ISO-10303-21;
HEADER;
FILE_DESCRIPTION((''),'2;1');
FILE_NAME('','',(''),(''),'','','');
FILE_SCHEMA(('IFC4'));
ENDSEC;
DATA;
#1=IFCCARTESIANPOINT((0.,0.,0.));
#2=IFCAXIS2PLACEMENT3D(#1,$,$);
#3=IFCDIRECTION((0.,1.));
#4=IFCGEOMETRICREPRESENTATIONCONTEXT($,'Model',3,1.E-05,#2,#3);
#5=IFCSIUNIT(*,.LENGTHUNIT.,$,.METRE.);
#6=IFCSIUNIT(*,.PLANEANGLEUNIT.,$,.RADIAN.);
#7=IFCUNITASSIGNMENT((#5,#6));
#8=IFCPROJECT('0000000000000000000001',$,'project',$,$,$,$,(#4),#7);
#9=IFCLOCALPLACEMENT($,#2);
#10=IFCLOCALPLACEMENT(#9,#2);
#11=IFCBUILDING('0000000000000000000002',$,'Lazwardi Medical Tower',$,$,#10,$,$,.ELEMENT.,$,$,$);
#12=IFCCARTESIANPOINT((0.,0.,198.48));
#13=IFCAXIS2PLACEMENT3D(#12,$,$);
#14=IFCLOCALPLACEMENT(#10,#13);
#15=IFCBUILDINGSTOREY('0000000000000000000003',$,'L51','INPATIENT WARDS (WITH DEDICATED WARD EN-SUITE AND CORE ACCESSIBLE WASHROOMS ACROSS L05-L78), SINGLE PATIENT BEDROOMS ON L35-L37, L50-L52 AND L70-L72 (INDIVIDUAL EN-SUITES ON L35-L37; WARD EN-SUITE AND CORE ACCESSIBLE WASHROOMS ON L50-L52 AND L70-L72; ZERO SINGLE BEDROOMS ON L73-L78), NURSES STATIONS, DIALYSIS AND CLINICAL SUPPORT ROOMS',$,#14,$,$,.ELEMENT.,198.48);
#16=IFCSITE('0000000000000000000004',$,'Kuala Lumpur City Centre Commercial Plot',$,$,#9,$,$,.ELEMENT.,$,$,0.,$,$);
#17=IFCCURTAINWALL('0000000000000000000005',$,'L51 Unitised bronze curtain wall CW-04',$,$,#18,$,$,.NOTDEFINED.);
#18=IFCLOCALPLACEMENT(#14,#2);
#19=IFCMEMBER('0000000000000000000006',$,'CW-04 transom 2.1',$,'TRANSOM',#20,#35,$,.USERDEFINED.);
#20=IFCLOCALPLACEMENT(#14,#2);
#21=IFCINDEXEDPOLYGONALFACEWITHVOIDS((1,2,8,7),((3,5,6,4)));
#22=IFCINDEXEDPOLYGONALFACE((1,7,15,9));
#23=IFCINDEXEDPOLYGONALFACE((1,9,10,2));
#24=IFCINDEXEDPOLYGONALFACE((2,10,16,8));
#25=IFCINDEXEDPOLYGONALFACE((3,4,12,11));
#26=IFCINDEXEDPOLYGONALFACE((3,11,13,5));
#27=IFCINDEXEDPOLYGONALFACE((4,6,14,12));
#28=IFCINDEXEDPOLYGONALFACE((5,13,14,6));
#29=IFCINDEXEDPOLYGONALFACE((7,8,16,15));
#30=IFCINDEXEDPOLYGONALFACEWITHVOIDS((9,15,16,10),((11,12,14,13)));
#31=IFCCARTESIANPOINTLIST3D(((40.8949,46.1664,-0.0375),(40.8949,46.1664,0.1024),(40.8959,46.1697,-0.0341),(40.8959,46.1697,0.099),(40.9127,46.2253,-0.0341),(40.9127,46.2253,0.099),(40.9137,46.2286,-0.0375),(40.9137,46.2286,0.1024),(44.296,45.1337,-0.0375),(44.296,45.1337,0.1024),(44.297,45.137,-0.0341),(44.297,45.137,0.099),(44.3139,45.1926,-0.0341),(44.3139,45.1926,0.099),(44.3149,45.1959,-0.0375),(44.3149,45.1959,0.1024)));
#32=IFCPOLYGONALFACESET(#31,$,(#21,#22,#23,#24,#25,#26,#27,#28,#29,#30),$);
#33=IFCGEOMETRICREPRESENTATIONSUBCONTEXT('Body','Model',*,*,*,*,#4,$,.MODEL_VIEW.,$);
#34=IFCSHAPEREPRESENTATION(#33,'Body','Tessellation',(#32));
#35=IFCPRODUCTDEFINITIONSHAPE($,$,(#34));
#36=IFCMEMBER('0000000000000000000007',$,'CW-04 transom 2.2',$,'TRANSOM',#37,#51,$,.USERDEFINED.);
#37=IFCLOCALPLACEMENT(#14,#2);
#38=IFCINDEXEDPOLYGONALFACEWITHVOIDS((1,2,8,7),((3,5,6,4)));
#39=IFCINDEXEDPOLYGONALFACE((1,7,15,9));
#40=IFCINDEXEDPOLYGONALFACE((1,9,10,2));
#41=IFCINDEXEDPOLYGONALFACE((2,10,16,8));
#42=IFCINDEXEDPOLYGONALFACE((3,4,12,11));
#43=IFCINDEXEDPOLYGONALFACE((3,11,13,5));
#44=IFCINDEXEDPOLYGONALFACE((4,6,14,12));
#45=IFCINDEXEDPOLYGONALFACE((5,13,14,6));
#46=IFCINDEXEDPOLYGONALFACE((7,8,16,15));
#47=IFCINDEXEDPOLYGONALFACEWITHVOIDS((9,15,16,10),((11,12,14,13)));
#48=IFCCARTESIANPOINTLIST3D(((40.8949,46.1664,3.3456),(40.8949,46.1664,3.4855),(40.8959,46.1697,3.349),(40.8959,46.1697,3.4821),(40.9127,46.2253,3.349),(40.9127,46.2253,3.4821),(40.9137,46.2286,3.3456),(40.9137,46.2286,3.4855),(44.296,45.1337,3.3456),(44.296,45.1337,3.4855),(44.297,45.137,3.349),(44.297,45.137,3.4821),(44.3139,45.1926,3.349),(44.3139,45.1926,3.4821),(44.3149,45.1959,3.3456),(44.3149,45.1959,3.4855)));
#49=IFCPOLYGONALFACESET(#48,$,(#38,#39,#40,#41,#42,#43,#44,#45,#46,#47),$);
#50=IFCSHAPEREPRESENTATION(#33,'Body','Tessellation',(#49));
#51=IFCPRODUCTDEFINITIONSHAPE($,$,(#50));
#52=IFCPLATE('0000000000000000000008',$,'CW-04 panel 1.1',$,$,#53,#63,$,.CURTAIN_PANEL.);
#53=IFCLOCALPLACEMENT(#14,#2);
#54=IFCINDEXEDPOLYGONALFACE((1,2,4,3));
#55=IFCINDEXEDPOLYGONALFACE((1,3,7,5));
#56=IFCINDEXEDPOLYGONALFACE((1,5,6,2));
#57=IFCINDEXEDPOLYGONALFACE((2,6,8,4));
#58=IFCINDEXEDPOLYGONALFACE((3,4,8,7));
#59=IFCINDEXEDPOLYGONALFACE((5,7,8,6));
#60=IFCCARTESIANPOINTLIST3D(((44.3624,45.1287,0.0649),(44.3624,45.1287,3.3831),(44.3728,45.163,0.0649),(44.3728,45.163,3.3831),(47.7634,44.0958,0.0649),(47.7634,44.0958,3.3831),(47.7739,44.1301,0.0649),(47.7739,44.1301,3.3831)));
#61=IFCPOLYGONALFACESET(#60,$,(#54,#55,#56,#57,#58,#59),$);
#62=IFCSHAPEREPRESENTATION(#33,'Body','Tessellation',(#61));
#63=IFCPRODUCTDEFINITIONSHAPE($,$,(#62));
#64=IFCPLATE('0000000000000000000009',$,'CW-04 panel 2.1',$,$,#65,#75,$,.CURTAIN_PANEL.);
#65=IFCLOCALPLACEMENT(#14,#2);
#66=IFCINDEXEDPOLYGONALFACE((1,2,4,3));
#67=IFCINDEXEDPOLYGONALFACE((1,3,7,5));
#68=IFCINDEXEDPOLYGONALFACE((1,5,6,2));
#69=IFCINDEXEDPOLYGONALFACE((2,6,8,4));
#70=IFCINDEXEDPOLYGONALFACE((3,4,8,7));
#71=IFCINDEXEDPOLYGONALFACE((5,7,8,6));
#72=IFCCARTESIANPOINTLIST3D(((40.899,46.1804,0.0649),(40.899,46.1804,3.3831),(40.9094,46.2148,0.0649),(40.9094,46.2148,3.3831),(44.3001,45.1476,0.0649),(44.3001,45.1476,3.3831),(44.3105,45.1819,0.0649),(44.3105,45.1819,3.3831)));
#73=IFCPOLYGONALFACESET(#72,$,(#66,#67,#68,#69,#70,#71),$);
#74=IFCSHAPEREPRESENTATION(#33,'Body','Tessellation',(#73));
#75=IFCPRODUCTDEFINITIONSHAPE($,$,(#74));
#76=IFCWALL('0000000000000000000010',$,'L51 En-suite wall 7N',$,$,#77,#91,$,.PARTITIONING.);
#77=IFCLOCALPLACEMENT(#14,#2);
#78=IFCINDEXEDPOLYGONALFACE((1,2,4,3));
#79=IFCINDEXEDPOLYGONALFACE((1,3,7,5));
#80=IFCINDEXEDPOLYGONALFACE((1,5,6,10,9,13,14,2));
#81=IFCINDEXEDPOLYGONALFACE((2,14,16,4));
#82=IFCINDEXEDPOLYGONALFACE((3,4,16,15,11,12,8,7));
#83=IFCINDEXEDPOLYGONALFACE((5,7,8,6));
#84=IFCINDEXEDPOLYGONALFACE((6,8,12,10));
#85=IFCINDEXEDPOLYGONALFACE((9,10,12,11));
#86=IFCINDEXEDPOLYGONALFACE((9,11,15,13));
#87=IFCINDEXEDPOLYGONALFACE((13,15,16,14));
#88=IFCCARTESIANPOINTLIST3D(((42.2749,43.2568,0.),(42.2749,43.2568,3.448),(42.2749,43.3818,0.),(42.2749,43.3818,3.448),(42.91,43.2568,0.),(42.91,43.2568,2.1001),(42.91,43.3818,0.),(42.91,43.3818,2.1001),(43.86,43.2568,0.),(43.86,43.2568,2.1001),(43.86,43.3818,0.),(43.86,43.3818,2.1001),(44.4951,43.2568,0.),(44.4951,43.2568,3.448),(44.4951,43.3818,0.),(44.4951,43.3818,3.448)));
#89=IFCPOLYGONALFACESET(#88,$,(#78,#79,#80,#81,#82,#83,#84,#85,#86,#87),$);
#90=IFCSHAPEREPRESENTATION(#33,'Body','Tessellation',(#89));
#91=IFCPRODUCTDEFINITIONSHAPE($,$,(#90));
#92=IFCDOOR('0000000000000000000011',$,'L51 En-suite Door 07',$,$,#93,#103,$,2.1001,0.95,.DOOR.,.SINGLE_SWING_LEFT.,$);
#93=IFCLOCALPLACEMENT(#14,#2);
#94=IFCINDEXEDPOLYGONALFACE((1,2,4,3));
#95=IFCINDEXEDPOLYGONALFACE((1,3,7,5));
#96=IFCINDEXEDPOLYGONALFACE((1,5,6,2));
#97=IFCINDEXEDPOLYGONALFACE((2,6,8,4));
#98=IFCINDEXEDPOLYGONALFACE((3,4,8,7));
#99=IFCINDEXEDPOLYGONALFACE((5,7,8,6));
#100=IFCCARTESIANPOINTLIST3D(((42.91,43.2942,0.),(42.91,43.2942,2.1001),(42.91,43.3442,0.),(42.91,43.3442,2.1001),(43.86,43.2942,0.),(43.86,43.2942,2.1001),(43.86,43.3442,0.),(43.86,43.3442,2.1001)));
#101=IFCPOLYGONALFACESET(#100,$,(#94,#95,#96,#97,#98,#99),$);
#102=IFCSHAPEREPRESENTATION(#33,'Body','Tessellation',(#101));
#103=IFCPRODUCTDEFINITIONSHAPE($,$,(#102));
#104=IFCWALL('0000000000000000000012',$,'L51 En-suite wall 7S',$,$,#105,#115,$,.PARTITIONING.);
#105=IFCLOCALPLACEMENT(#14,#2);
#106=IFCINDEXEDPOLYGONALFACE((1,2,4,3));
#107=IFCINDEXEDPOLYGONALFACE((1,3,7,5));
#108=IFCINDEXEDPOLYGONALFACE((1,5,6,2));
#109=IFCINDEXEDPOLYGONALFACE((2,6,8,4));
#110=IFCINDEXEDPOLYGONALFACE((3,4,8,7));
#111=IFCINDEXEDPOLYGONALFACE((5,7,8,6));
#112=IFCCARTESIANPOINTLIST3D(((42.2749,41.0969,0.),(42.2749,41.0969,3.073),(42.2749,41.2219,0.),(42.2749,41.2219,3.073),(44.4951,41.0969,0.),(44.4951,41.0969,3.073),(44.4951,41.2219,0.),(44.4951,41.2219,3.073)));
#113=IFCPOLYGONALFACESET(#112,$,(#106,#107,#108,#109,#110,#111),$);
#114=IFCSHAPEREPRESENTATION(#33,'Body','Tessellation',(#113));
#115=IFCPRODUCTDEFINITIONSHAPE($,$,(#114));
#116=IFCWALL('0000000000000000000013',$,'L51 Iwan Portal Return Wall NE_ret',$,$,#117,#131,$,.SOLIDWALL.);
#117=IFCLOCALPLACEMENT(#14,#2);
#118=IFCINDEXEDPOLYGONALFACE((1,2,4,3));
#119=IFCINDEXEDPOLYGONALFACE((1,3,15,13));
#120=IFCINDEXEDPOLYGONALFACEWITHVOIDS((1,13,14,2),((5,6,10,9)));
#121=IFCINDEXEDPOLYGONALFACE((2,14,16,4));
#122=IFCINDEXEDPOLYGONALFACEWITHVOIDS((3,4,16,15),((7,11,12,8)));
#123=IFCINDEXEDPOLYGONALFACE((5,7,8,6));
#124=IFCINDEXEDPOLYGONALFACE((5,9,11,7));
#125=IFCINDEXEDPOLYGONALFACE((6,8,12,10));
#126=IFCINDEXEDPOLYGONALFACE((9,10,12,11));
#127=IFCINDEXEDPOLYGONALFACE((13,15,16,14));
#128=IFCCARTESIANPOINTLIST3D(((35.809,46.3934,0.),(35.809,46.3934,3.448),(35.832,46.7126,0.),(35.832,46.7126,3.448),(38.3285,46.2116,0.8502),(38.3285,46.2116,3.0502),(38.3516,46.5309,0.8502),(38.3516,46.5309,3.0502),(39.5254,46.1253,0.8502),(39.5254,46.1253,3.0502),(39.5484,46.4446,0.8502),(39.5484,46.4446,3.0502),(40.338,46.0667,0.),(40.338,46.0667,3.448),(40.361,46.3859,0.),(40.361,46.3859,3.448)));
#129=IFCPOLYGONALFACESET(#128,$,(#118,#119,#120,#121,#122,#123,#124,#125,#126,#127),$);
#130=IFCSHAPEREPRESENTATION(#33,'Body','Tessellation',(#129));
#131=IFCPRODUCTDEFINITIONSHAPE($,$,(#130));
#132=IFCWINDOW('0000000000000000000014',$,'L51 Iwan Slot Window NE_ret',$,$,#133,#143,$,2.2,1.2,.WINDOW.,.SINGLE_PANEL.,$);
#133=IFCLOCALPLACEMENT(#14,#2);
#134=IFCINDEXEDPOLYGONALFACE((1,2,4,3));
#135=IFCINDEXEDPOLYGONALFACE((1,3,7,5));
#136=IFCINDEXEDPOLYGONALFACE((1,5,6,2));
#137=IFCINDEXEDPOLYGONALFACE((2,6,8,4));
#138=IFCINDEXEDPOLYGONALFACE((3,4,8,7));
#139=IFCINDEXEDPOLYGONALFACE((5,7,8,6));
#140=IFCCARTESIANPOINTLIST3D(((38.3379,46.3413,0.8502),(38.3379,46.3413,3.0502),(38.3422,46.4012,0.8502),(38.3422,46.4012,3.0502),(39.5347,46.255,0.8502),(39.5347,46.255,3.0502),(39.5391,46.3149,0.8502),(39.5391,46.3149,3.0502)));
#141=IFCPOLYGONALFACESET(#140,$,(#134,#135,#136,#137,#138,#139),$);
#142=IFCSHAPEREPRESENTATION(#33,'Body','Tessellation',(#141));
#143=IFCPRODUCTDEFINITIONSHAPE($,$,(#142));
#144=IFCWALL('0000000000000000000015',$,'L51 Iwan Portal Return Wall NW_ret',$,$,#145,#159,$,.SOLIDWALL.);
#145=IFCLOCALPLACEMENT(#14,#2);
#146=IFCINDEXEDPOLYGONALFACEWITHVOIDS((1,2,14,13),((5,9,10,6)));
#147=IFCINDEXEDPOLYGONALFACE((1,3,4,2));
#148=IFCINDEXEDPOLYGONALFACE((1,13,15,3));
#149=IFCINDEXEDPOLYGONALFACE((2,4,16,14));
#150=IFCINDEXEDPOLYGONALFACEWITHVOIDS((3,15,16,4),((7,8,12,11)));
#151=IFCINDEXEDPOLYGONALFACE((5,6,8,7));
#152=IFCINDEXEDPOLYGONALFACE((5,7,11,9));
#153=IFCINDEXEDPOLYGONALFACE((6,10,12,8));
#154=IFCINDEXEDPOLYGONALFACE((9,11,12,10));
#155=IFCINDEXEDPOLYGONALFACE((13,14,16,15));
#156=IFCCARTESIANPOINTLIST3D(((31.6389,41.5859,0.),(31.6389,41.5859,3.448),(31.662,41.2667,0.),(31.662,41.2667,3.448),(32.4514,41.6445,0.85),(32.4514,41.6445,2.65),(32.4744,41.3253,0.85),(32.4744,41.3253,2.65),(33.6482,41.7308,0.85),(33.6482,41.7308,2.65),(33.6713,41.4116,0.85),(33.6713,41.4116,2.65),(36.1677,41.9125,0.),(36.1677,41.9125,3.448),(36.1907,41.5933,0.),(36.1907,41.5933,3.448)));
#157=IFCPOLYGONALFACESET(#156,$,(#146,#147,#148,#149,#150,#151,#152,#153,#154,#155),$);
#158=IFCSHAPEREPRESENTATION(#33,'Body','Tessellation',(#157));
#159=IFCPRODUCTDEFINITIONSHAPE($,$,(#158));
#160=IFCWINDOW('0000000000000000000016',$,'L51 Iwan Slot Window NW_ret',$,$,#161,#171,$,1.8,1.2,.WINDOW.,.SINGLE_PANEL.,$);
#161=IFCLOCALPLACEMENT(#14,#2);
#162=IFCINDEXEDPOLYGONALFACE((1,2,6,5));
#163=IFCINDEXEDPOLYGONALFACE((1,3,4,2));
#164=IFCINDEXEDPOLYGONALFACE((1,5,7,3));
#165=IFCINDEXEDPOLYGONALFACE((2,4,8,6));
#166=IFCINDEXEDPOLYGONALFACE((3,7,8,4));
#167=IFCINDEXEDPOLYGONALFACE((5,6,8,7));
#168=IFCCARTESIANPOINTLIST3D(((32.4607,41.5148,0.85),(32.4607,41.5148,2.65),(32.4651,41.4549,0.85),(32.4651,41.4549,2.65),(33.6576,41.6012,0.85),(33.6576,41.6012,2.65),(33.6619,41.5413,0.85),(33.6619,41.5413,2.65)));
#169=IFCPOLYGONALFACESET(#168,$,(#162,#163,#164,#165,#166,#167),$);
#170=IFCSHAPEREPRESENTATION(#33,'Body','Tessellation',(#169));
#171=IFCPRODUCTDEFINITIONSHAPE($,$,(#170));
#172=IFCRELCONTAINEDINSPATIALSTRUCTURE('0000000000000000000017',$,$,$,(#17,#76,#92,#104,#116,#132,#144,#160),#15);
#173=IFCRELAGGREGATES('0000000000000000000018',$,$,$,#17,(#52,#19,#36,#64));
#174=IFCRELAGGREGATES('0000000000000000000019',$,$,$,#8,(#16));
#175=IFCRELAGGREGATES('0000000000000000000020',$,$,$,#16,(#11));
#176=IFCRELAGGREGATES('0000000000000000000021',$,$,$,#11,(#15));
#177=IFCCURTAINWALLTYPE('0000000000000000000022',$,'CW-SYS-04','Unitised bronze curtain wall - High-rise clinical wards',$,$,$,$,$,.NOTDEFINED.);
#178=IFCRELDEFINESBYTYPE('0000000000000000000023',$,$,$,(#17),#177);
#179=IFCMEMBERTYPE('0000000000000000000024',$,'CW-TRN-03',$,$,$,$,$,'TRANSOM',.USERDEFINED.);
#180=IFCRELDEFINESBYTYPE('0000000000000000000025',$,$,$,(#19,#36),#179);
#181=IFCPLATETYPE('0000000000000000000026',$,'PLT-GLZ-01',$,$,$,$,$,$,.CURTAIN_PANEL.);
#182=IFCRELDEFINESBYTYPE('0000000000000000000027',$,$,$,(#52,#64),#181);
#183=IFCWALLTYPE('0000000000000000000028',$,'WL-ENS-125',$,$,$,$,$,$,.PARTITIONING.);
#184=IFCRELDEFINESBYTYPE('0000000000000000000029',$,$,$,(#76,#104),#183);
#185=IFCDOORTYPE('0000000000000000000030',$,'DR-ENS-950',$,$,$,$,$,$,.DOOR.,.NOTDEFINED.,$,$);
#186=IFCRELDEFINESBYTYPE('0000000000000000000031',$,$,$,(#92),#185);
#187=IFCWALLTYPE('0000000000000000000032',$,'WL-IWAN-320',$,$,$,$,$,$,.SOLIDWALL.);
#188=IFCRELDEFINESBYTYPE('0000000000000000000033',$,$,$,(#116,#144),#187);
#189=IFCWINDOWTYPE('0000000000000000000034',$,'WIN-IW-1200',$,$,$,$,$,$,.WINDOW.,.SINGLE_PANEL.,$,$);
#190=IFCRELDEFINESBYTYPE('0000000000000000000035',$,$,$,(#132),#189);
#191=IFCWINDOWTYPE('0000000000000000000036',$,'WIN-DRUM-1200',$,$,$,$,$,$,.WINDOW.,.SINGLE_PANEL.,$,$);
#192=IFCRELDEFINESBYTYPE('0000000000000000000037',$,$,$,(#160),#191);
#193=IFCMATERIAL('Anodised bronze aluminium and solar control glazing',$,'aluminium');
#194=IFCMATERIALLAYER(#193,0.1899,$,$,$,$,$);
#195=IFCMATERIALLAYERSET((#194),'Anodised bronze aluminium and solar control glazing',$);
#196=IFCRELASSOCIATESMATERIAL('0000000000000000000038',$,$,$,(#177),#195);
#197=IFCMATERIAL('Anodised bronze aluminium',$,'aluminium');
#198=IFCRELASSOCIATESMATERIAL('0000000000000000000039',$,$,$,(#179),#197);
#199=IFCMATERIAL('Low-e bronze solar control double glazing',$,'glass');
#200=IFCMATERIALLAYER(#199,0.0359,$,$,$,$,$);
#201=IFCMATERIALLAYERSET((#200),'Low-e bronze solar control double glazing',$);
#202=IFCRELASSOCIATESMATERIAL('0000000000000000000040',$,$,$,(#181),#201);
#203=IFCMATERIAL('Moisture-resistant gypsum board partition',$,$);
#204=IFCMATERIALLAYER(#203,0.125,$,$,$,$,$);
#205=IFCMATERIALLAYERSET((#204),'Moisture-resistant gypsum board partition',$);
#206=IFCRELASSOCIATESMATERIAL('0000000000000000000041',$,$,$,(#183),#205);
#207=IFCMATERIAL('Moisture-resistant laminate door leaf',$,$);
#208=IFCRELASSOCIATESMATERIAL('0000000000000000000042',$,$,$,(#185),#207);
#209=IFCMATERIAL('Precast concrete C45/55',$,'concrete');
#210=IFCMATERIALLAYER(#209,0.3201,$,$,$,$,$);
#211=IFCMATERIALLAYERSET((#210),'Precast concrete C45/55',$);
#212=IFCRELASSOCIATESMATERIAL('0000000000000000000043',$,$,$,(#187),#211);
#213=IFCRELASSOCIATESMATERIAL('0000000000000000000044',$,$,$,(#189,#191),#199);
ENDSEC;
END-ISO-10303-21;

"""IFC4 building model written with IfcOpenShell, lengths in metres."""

from ifc_helpers import new_model, si_unit, direction, frame, frame_2d, origin, origin_2d, place, context, subcontext, project, spatial, rectangle, hollow_rectangle, extrude, material, layer, layer_set, material_profile, profile_set, type_object, element, fill, aggregate, save


model = new_model("IFC4")

# Units and contexts
model_context = context("Model", 3, precision=1e-05, world=origin(), true_north=direction((0.0, 1.0)))
body_context = subcontext(model_context, "Body", "Model", "MODEL_VIEW")
ifc_project = project(units=[si_unit("LENGTHUNIT", "METRE"), si_unit("PLANEANGLEUNIT", "RADIAN")], contexts=[model_context])

# Site, building, storey
site_placement = place(None, origin())
site = spatial("IfcSite", under=ifc_project, at=site_placement, Name="Kuala Lumpur City Centre Commercial Plot", CompositionType="ELEMENT", RefElevation=0.0)
building_placement = place(site_placement, origin())
building = spatial("IfcBuilding", under=site, at=building_placement, Name="Lazwardi Medical Tower", CompositionType="ELEMENT")
storey_placement = place(building_placement, frame((0.0, 0.0, 198.48)))
storey = spatial("IfcBuildingStorey", under=building, at=storey_placement, Name="L51", Description="INPATIENT WARDS (WITH DEDICATED WARD EN-SUITE AND CORE ACCESSIBLE WASHROOMS ACROSS L05-L78), SINGLE PATIENT BEDROOMS ON L35-L37, L50-L52 AND L70-L72 (INDIVIDUAL EN-SUITES ON L35-L37; WARD EN-SUITE AND CORE ACCESSIBLE WASHROOMS ON L50-L52 AND L70-L72; ZERO SINGLE BEDROOMS ON L73-L78), NURSES STATIONS, DIALYSIS AND CLINICAL SUPPORT ROOMS", CompositionType="ELEMENT", Elevation=198.48)

# Curtain wall, members, plates
ifc_material_1 = material(Name="Anodised bronze aluminium and solar control glazing", Category="aluminium")
ifc_layer_1 = layer(ifc_material_1, 0.1899)
ifc_layer_set_1 = layer_set([ifc_layer_1], Name="Anodised bronze aluminium and solar control glazing")
curtain_wall_type = type_object("IfcCurtainWallType", Name="CW-SYS-04", Description="Unitised bronze curtain wall - High-rise clinical wards", PredefinedType="NOTDEFINED", material=ifc_layer_set_1)
curtain_wall_placement = place(storey_placement, origin())
curtain_wall = element("IfcCurtainWall", 1, at=curtain_wall_placement, inside=storey, type_object=curtain_wall_type, Name="L51 Unitised bronze curtain wall CW-04", PredefinedType="NOTDEFINED")
ifc_material_2 = material(Name="Anodised bronze aluminium", Category="aluminium")
ifc_material_profile_1 = material_profile(ifc_material_2, hollow_rectangle(XDim=0.0649, YDim=0.1399, WallThickness=0.0034, at=origin_2d()), Name="ALU-TRANSOM 140x65x3.5")
ifc_profile_set_1 = profile_set([ifc_material_profile_1], Name="Anodised bronze aluminium")
member_type_1 = type_object("IfcMemberType", Name="CW-TRN-03", ElementType="TRANSOM", PredefinedType="USERDEFINED", material=ifc_profile_set_1)
member_1_placement = place(storey_placement, frame((44.3054, 45.1648, 0.0325), z_axis=(-0.956863, 0.290541, 0.0), x_axis=(-0.290541, -0.956863, 0.0)))
member_1 = element("IfcMember", 2, at=member_1_placement, type_object=member_type_1, Name="CW-04 transom 2.1", ObjectType="TRANSOM", PredefinedType="USERDEFINED", context=body_context, shape_type="SweptSolid", body=[
    extrude(hollow_rectangle(XDim=0.0649, YDim=0.1399, WallThickness=0.0034, at=origin_2d()), origin(), (0.0, 0.0, 1.0), 3.5544),
])
member_2_placement = place(storey_placement, frame((44.3054, 45.1648, 3.4155), z_axis=(-0.956863, 0.290541, 0.0), x_axis=(-0.290541, -0.956863, 0.0)))
member_2 = element("IfcMember", 3, at=member_2_placement, type_object=member_type_1, Name="CW-04 transom 2.2", ObjectType="TRANSOM", PredefinedType="USERDEFINED", context=body_context, shape_type="SweptSolid", body=[
    extrude(hollow_rectangle(XDim=0.0649, YDim=0.1399, WallThickness=0.0034, at=origin_2d()), origin(), (0.0, 0.0, 1.0), 3.5544),
])
ifc_material_3 = material(Name="Low-e bronze solar control double glazing", Category="glass")
ifc_layer_2 = layer(ifc_material_3, 0.0359)
ifc_layer_set_2 = layer_set([ifc_layer_2], Name="Low-e bronze solar control double glazing")
plate_type = type_object("IfcPlateType", Name="PLT-GLZ-01", PredefinedType="CURTAIN_PANEL", material=ifc_layer_set_2)
plate_1_placement = place(storey_placement, frame((46.0681, 44.6294, 0.0649), z_axis=(0.0, 0.0, 1.0), x_axis=(-0.95685, 0.290582, 0.0)))
plate_1 = element("IfcPlate", 4, at=plate_1_placement, type_object=plate_type, Name="CW-04 panel 1.1", PredefinedType="CURTAIN_PANEL", context=body_context, shape_type="SweptSolid", body=[
    extrude(rectangle(XDim=3.5544, YDim=0.0359, at=origin_2d()), origin(), (0.0, 0.0, 1.0), 3.3181),
])
plate_2_placement = place(storey_placement, frame((42.6047, 45.6812, 0.0649), z_axis=(0.0, 0.0, 1.0), x_axis=(-0.95685, 0.290582, 0.0)))
plate_2 = element("IfcPlate", 5, at=plate_2_placement, type_object=plate_type, Name="CW-04 panel 2.1", PredefinedType="CURTAIN_PANEL", context=body_context, shape_type="SweptSolid", body=[
    extrude(rectangle(XDim=3.5544, YDim=0.0359, at=origin_2d()), origin(), (0.0, 0.0, 1.0), 3.3181),
])
aggregate(curtain_wall, [plate_1, member_1, member_2, plate_2])

# Wall, opening, door
ifc_material_4 = material(Name="Moisture-resistant gypsum board partition")
ifc_layer_3 = layer(ifc_material_4, 0.125)
ifc_layer_set_3 = layer_set([ifc_layer_3], Name="Moisture-resistant gypsum board partition")
wall_type_1 = type_object("IfcWallType", Name="WL-ENS-125", PredefinedType="PARTITIONING", material=ifc_layer_set_3)
wall_1_placement = place(storey_placement, frame((42.2749, 43.3193, 0.0), z_axis=(0.0, 0.0, 1.0), x_axis=(1.0, 0.0, 0.0)))
wall_1 = element("IfcWall", 6, at=wall_1_placement, inside=storey, type_object=wall_type_1, Name="L51 En-suite wall 7N", PredefinedType="PARTITIONING", context=body_context, shape_type="SweptSolid", body=[
    extrude(rectangle(XDim=2.2202, YDim=0.125, at=frame_2d((1.1101, 0.0))), origin(), (0.0, 0.0, 1.0), 3.448),
])
opening_1_placement = place(wall_1_placement, frame((0.635, 0.0, 0.0)))
opening_1 = element("IfcOpeningElement", 7, at=opening_1_placement, cuts=wall_1, PredefinedType="OPENING", context=body_context, shape_type="SweptSolid", body=[
    extrude(rectangle(XDim=0.95, YDim=2.1001, at=frame_2d((0.4751, 1.05))), frame((0.0, 0.0725, 0.0), z_axis=(0.0, -1.0, 0.0), x_axis=(1.0, 0.0, 0.0)), (0.0, 0.0, 1.0), 0.145),
])
ifc_material_5 = material(Name="Moisture-resistant laminate door leaf")
door_type = type_object("IfcDoorType", Name="DR-ENS-950", OperationType="NOTDEFINED", PredefinedType="DOOR", material=ifc_material_5)
door_placement = place(opening_1_placement, origin())
door = element("IfcDoor", 8, at=door_placement, inside=storey, type_object=door_type, Name="L51 En-suite Door 07", OperationType="SINGLE_SWING_LEFT", OverallHeight=2.1001, OverallWidth=0.95, PredefinedType="DOOR", context=body_context, shape_type="SweptSolid", body=[
    extrude(rectangle(XDim=0.95, YDim=2.1001, at=frame_2d((0.4751, 1.05))), frame((0.0, 0.0249, 0.0), z_axis=(0.0, -1.0, 0.0), x_axis=(1.0, 0.0, 0.0)), (0.0, 0.0, 1.0), 0.05),
])
fill(opening_1, door)

# Wall
wall_2_placement = place(storey_placement, frame((42.2749, 41.1594, 0.0), z_axis=(0.0, 0.0, 1.0), x_axis=(1.0, 0.0, 0.0)))
element("IfcWall", 9, at=wall_2_placement, inside=storey, type_object=wall_type_1, Name="L51 En-suite wall 7S", PredefinedType="PARTITIONING", context=body_context, shape_type="SweptSolid", body=[
    extrude(rectangle(XDim=2.2202, YDim=0.125, at=frame_2d((1.1101, 0.0))), origin(), (0.0, 0.0, 1.0), 3.073),
])

# Walls, openings, windows
ifc_material_6 = material(Name="Precast concrete C45/55", Category="concrete")
ifc_layer_4 = layer(ifc_material_6, 0.3201)
ifc_layer_set_4 = layer_set([ifc_layer_4], Name="Precast concrete C45/55")
wall_type_2 = type_object("IfcWallType", Name="WL-IWAN-320", PredefinedType="SOLIDWALL", material=ifc_layer_set_4)
wall_3_placement = place(storey_placement, frame((40.3496, 46.2263, 0.0), z_axis=(0.0, 0.0, 1.0), x_axis=(-0.997409, 0.071939, 0.0)))
wall_3 = element("IfcWall", 10, at=wall_3_placement, inside=storey, type_object=wall_type_2, Name="L51 Iwan Portal Return Wall NE_ret", PredefinedType="SOLIDWALL", context=body_context, shape_type="SweptSolid", body=[
    extrude(rectangle(XDim=4.5408, YDim=0.3201, at=frame_2d((2.2705, 0.0))), origin(), (0.0, 0.0, 1.0), 3.448),
])
opening_2_placement = place(wall_3_placement, frame((0.8147, 0.0, 0.8501)))
opening_2 = element("IfcOpeningElement", 11, at=opening_2_placement, cuts=wall_3, PredefinedType="OPENING", context=body_context, shape_type="SweptSolid", body=[
    extrude(rectangle(XDim=1.2, YDim=2.2, at=frame_2d((0.6001, 1.1001))), frame((0.0, 0.1699, 0.0), z_axis=(0.0, -1.0, 0.0), x_axis=(1.0, 0.0, 0.0)), (0.0, 0.0, 1.0), 0.3401),
])
window_type_1 = type_object("IfcWindowType", Name="WIN-IW-1200", PartitioningType="SINGLE_PANEL", PredefinedType="WINDOW", material=ifc_material_3)
window_1_placement = place(opening_2_placement, origin())
window_1 = element("IfcWindow", 12, at=window_1_placement, inside=storey, type_object=window_type_1, Name="L51 Iwan Slot Window NE_ret", OverallHeight=2.2, OverallWidth=1.2, PartitioningType="SINGLE_PANEL", PredefinedType="WINDOW", context=body_context, shape_type="SweptSolid", body=[
    extrude(rectangle(XDim=1.2, YDim=2.2, at=frame_2d((0.6001, 1.1001))), frame((0.0, 0.03, 0.0), z_axis=(0.0, -1.0, 0.0), x_axis=(1.0, 0.0, 0.0)), (0.0, 0.0, 1.0), 0.0601),
])
fill(opening_2, window_1)
wall_4_placement = place(storey_placement, frame((36.1792, 41.7529, 0.0), z_axis=(0.0, 0.0, 1.0), x_axis=(-0.997409, -0.071942, 0.0)))
wall_4 = element("IfcWall", 13, at=wall_4_placement, inside=storey, type_object=wall_type_2, Name="L51 Iwan Portal Return Wall NW_ret", PredefinedType="SOLIDWALL", context=body_context, shape_type="SweptSolid", body=[
    extrude(rectangle(XDim=4.5405, YDim=0.3201, at=frame_2d((2.2703, 0.0))), origin(), (0.0, 0.0, 1.0), 3.448),
])
opening_3_placement = place(wall_4_placement, frame((2.5259, 0.0, 0.8501)))
opening_3 = element("IfcOpeningElement", 14, at=opening_3_placement, cuts=wall_4, PredefinedType="OPENING", context=body_context, shape_type="SweptSolid", body=[
    extrude(rectangle(XDim=1.2, YDim=1.8, at=frame_2d((0.6001, 0.8999))), frame((0.0, 0.1699, 0.0), z_axis=(0.0, -1.0, 0.0), x_axis=(1.0, 0.0, 0.0)), (0.0, 0.0, 1.0), 0.3401),
])
window_type_2 = type_object("IfcWindowType", Name="WIN-DRUM-1200", PartitioningType="SINGLE_PANEL", PredefinedType="WINDOW", material=ifc_material_3)
window_2_placement = place(opening_3_placement, origin())
window_2 = element("IfcWindow", 15, at=window_2_placement, inside=storey, type_object=window_type_2, Name="L51 Iwan Slot Window NW_ret", OverallHeight=1.8, OverallWidth=1.2, PartitioningType="SINGLE_PANEL", PredefinedType="WINDOW", context=body_context, shape_type="SweptSolid", body=[
    extrude(rectangle(XDim=1.2, YDim=1.8, at=frame_2d((0.6001, 0.8999))), frame((0.0, 0.03, 0.0), z_axis=(0.0, -1.0, 0.0), x_axis=(1.0, 0.0, 0.0)), (0.0, 0.0, 1.0), 0.0601),
])
fill(opening_3, window_2)

save(model, "model.ifc")
